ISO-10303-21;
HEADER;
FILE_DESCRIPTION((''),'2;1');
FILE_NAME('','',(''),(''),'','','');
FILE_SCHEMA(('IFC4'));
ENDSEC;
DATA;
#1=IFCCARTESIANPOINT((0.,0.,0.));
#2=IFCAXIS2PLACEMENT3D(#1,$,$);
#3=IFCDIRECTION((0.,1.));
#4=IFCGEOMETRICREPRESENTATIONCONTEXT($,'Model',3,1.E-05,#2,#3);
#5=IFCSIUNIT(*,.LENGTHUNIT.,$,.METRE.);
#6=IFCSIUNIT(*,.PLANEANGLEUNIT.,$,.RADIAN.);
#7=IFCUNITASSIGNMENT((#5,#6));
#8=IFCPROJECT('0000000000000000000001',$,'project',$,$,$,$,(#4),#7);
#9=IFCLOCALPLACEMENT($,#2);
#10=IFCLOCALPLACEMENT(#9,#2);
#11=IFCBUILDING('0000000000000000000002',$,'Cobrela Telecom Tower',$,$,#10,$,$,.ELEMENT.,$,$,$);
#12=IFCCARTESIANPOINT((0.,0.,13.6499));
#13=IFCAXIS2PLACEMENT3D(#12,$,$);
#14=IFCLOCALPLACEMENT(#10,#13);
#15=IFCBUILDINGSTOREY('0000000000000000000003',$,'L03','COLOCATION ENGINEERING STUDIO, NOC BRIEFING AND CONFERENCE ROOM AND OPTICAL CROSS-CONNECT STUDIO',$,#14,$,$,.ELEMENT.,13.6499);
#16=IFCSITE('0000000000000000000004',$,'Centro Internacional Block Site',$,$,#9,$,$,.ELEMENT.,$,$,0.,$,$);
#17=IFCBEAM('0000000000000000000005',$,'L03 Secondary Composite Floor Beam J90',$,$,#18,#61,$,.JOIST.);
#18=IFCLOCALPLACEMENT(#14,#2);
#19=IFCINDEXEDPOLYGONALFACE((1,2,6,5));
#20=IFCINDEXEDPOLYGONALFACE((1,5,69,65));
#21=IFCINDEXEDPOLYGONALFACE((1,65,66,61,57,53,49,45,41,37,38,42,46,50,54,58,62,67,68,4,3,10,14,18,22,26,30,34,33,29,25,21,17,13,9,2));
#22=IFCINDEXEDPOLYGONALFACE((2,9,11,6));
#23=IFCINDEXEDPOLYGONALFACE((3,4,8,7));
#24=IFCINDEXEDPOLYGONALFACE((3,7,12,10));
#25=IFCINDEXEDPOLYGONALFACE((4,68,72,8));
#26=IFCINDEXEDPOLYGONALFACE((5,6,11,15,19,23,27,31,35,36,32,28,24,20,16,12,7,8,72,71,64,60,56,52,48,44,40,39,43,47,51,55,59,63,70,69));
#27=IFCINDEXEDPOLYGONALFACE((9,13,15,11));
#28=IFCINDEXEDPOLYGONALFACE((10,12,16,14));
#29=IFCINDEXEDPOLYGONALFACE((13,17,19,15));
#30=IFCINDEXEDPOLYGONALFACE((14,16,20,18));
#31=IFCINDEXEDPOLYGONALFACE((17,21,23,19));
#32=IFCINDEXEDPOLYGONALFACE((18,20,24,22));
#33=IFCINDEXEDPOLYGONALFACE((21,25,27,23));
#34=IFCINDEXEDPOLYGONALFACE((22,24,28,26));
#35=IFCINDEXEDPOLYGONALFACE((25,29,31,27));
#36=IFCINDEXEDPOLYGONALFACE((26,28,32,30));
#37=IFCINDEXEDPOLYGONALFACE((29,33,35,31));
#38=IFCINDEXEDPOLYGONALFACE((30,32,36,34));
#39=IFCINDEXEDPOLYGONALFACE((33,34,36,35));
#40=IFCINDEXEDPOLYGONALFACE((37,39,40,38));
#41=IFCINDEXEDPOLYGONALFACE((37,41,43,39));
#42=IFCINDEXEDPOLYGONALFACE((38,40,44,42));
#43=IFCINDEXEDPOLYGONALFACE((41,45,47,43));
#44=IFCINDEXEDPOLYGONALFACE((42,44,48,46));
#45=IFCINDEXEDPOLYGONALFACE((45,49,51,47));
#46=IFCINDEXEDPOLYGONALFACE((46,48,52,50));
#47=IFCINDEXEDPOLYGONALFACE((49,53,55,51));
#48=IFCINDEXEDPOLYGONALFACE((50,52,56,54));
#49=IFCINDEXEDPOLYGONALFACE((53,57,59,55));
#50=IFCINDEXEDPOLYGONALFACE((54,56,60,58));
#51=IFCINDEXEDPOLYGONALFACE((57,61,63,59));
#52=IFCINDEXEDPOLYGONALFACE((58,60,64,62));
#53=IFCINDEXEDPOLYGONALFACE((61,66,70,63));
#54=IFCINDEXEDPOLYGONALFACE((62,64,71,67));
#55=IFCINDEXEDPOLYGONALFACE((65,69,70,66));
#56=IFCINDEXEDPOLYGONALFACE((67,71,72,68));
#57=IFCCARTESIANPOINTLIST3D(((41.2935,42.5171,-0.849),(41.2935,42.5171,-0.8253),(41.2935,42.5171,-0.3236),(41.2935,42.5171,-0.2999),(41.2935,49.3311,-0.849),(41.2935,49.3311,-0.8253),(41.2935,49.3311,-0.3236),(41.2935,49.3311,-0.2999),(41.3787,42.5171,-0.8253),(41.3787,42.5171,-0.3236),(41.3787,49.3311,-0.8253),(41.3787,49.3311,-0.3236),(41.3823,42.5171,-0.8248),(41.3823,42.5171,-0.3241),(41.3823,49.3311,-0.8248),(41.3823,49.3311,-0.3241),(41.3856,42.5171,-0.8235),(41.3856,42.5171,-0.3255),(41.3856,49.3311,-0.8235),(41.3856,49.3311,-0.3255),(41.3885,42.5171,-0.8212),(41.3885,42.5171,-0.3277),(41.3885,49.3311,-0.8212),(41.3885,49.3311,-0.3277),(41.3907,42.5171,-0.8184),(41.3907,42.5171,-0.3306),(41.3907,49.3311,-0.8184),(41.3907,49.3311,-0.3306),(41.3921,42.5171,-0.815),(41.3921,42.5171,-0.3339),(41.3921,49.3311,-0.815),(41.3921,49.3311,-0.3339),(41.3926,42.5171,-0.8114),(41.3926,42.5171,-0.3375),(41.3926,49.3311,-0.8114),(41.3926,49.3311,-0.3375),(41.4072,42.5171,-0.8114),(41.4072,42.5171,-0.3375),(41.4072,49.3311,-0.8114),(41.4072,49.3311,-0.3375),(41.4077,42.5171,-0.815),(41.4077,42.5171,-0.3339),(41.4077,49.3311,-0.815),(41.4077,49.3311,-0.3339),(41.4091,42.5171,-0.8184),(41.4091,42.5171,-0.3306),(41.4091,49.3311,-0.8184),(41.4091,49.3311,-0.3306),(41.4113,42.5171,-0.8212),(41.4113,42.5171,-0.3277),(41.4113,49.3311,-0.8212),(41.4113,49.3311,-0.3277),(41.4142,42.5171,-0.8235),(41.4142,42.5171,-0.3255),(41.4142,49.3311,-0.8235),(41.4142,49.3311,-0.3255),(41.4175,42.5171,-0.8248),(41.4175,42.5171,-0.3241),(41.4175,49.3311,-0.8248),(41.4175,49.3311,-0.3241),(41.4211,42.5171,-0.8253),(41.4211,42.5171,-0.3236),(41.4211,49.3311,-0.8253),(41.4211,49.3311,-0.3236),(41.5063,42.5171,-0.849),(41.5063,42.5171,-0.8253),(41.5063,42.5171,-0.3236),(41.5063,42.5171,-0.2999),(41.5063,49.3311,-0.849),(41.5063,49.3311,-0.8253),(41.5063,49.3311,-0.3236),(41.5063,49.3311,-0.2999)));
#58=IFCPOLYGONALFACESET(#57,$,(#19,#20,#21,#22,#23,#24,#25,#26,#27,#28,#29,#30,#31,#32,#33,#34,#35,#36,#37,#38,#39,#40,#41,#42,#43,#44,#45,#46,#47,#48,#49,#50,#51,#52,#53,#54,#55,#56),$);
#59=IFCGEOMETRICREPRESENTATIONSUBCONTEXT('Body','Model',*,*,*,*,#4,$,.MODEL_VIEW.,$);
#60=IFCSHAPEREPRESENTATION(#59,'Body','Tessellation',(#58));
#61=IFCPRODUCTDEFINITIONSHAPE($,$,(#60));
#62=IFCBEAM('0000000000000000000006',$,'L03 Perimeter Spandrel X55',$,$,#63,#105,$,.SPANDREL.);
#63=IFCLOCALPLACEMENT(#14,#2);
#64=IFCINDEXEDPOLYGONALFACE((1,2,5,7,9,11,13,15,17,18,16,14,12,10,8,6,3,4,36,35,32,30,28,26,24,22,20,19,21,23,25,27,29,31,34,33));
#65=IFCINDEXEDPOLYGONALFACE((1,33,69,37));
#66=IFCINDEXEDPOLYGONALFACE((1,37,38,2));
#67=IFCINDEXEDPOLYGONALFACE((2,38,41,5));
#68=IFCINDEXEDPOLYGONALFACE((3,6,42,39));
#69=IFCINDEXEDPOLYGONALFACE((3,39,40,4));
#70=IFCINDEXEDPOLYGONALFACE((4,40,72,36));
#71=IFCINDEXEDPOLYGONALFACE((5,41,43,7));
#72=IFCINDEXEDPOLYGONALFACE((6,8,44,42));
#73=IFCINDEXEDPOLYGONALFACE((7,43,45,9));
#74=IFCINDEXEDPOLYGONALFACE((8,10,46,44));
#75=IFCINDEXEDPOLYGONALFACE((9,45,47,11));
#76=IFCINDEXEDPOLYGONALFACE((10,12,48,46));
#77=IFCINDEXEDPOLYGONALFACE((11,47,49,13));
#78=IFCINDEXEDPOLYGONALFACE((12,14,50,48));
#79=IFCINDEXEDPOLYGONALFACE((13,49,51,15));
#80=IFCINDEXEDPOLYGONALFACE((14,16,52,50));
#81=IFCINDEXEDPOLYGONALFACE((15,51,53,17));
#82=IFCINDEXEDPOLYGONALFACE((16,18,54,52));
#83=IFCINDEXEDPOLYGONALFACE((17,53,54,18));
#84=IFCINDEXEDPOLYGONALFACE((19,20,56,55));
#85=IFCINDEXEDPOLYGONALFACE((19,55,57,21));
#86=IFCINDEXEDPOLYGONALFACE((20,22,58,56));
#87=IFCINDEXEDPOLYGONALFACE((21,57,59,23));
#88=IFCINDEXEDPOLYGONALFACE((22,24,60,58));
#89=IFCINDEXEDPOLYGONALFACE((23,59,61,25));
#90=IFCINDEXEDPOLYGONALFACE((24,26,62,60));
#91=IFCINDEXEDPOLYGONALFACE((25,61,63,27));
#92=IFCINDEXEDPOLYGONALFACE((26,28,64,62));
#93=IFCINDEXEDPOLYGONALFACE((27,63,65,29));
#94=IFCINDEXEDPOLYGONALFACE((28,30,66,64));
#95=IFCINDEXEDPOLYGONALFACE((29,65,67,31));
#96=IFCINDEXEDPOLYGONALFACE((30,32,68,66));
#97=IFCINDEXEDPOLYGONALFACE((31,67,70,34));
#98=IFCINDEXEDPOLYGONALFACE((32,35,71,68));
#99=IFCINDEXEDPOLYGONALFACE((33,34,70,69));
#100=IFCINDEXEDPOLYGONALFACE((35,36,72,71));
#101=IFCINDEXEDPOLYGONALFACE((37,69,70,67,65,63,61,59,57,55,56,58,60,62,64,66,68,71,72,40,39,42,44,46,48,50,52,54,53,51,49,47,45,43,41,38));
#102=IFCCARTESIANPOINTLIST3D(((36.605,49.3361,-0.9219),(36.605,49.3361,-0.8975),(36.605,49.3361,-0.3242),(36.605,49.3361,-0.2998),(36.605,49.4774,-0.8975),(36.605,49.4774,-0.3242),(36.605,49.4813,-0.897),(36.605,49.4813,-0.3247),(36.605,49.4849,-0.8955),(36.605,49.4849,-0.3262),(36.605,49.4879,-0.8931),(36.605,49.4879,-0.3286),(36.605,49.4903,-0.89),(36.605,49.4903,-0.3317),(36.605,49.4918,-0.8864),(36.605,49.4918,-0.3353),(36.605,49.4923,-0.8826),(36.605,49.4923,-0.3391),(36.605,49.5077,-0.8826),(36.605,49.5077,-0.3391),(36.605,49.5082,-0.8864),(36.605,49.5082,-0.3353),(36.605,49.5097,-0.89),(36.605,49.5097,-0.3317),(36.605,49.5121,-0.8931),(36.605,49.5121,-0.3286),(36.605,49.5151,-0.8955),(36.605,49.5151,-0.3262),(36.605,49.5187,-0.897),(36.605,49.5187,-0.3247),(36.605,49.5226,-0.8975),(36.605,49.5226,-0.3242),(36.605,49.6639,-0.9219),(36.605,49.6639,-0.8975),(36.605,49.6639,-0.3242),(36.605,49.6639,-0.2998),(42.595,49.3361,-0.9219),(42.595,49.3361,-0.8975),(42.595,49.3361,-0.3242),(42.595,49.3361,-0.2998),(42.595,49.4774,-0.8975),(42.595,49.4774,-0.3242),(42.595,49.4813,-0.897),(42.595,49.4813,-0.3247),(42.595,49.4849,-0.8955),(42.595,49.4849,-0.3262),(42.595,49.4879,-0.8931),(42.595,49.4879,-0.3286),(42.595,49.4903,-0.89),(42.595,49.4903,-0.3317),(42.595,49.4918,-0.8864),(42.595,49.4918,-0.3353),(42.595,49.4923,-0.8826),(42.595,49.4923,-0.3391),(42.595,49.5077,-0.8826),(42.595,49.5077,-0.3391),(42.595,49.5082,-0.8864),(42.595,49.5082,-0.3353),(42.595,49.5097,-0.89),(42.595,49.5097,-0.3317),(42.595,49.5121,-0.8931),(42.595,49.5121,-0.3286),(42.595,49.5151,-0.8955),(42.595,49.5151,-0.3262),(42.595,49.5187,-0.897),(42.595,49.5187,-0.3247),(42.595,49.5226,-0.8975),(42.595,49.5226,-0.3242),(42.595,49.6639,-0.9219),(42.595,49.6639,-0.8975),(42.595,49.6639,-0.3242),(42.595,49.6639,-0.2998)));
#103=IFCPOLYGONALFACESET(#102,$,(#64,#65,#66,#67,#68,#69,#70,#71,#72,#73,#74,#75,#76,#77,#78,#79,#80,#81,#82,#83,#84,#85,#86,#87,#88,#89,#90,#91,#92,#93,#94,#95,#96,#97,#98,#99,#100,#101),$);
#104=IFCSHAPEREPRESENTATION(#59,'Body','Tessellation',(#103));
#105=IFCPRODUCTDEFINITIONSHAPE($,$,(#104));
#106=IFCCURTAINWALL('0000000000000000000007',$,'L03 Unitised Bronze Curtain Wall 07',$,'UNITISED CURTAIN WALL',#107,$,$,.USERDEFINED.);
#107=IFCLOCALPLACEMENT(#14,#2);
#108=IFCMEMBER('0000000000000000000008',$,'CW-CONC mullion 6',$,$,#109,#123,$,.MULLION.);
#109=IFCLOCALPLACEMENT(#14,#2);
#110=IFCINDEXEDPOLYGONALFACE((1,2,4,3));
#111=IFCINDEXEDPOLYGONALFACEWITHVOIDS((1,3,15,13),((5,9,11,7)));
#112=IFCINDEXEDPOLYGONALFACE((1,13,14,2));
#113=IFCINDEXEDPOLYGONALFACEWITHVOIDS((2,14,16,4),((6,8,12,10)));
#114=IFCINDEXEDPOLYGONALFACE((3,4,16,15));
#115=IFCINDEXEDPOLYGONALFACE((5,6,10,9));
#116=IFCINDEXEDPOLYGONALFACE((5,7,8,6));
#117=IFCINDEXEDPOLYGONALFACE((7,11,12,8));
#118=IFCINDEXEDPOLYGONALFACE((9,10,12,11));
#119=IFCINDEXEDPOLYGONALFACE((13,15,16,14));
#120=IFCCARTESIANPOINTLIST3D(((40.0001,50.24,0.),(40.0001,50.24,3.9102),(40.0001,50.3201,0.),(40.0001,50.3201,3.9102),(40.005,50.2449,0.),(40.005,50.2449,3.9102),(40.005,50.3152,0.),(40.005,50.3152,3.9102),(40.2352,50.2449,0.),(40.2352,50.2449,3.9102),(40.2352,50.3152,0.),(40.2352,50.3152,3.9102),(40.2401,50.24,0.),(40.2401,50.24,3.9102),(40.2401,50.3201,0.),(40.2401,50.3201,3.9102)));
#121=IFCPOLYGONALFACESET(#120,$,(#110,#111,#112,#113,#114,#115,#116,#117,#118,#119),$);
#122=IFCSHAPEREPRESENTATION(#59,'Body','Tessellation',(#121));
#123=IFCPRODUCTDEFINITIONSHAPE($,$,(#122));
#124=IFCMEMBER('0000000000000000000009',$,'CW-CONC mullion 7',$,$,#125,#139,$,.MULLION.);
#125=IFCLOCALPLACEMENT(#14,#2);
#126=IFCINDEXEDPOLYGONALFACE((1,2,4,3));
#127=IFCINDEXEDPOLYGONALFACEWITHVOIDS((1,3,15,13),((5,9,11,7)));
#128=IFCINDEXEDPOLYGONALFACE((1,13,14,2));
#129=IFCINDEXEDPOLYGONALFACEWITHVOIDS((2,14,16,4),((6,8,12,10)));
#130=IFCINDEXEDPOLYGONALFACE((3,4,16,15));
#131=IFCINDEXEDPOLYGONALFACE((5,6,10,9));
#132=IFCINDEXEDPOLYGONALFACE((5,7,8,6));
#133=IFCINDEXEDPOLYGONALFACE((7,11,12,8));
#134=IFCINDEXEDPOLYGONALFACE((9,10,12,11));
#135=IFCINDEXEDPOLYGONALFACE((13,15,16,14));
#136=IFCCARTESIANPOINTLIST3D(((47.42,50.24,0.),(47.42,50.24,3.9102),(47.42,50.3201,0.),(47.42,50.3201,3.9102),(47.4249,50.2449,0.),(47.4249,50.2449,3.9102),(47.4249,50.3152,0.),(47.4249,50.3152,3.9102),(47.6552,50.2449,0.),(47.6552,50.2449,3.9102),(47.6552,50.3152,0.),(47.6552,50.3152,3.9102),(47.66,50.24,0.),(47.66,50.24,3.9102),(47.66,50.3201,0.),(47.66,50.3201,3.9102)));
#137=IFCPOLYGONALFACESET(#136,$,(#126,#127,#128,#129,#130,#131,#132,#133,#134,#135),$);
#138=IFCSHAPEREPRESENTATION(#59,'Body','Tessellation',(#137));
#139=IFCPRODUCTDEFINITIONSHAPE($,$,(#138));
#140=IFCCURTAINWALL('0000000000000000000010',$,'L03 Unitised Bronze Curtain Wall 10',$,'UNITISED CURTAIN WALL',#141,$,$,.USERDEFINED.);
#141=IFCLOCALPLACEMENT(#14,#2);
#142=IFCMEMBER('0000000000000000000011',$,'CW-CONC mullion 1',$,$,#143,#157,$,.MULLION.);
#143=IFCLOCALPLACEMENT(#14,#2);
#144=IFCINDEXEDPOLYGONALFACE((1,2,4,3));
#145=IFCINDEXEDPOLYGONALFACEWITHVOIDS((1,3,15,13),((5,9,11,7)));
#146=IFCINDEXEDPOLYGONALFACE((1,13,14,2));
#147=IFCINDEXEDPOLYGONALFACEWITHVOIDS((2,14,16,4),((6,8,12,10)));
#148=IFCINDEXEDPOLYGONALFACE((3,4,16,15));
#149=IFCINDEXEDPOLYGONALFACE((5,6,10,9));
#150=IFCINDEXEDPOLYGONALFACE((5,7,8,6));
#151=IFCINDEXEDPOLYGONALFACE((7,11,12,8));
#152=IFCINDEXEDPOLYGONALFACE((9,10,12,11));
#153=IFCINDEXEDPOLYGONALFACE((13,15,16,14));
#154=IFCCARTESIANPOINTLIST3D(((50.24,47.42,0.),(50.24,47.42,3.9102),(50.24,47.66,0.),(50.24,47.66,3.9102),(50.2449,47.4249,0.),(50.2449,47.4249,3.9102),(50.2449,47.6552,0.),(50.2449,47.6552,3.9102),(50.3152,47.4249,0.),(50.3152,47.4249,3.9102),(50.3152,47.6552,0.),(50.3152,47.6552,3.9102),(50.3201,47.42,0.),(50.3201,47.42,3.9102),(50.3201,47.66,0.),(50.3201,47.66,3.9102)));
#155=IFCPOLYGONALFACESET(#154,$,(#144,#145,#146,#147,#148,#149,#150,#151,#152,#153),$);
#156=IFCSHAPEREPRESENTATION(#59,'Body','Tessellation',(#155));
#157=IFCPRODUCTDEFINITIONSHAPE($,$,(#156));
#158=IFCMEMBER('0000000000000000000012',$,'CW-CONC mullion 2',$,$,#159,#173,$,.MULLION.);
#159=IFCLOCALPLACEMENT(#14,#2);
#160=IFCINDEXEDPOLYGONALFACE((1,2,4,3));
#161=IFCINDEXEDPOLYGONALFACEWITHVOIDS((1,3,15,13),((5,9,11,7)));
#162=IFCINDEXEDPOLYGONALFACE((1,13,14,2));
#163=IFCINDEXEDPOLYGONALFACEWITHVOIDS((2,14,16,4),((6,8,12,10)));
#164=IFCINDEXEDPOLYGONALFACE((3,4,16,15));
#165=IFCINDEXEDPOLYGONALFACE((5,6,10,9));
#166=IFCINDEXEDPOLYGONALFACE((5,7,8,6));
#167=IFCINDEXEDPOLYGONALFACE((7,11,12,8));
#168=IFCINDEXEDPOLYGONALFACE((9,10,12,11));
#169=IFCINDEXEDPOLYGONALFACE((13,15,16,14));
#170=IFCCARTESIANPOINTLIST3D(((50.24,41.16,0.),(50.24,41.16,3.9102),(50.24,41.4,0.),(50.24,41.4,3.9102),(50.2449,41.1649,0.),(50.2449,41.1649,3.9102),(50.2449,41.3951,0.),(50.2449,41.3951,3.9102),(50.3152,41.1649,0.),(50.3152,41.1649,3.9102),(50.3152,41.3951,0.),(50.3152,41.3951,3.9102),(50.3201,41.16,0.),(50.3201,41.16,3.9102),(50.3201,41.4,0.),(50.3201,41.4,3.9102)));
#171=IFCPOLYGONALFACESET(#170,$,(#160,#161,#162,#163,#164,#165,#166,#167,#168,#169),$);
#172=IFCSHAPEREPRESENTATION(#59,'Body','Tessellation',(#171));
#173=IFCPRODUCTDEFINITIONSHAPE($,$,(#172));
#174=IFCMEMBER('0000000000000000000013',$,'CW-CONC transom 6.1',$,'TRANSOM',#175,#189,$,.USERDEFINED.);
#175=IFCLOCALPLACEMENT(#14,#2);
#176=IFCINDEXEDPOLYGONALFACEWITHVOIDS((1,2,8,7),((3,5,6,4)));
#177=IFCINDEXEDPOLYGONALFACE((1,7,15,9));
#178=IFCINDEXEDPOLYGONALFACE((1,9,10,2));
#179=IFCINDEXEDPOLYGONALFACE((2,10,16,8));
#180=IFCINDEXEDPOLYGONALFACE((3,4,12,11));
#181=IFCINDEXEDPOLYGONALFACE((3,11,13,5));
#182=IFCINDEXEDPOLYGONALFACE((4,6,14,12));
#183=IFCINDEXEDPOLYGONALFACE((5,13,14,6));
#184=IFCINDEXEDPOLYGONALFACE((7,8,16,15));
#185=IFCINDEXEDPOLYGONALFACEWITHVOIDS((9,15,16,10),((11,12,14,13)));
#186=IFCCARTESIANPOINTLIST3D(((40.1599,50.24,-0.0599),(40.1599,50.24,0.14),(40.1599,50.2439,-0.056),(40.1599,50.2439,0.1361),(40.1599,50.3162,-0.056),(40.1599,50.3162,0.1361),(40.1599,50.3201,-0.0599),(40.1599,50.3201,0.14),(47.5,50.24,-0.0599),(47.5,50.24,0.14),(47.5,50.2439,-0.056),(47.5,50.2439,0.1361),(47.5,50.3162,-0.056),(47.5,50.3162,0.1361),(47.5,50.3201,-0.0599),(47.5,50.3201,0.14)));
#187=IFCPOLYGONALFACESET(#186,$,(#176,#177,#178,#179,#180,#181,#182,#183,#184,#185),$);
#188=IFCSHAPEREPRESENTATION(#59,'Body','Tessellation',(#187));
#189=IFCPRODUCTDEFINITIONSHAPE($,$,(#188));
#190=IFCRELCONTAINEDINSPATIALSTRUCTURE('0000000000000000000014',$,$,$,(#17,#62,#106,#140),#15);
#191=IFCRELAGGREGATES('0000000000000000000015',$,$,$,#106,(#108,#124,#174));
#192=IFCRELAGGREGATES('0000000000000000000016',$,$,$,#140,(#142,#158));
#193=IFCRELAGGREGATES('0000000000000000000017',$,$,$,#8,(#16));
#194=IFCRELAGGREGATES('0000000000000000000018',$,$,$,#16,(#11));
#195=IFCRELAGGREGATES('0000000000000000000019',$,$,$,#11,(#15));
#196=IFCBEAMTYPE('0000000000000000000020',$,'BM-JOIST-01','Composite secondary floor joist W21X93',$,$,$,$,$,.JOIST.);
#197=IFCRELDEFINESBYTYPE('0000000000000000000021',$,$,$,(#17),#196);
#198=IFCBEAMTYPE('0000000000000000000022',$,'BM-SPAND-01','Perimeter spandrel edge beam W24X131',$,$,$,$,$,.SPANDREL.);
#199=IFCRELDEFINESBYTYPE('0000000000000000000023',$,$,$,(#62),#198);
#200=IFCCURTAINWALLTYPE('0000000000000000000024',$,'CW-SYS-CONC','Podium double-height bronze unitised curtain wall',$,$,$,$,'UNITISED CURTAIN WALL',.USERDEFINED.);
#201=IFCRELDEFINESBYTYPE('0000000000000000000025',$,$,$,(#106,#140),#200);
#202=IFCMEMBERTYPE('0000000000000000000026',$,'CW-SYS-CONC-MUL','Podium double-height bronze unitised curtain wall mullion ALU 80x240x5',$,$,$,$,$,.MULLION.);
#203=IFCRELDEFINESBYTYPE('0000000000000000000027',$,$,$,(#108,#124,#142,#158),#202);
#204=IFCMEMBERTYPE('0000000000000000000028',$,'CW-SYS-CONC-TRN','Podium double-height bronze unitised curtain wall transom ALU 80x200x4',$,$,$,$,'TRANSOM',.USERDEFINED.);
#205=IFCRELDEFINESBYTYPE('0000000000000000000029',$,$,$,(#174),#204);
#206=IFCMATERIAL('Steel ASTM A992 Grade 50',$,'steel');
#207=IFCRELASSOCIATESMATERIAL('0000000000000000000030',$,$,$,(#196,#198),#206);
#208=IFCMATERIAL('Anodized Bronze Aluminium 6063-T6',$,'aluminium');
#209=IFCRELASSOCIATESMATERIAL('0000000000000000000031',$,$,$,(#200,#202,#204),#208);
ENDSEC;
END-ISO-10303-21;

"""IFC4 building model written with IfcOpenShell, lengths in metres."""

from ifc_helpers import new_model, si_unit, direction, frame, origin, origin_2d, place, context, subcontext, project, spatial, hollow_rectangle, i_section, extrude, material, material_profile, profile_set, type_object, element, aggregate, save


model = new_model("IFC4")

# Units and contexts
model_context = context("Model", 3, precision=1e-05, world=origin(), true_north=direction((0.0, 1.0)))
body_context = subcontext(model_context, "Body", "Model", "MODEL_VIEW")
ifc_project = project(units=[si_unit("LENGTHUNIT", "METRE"), si_unit("PLANEANGLEUNIT", "RADIAN")], contexts=[model_context])

# Site, building, storey
site_placement = place(None, origin())
site = spatial("IfcSite", under=ifc_project, at=site_placement, Name="Centro Internacional Block Site", CompositionType="ELEMENT", RefElevation=0.0)
building_placement = place(site_placement, origin())
building = spatial("IfcBuilding", under=site, at=building_placement, Name="Cobrela Telecom Tower", CompositionType="ELEMENT")
storey_placement = place(building_placement, frame((0.0, 0.0, 13.6499)))
storey = spatial("IfcBuildingStorey", under=building, at=storey_placement, Name="L03", Description="COLOCATION ENGINEERING STUDIO, NOC BRIEFING AND CONFERENCE ROOM AND OPTICAL CROSS-CONNECT STUDIO", CompositionType="ELEMENT", Elevation=13.6499)

# Beams
ifc_material_1 = material(Name="Steel ASTM A992 Grade 50", Category="steel")
ifc_material_profile_1 = material_profile(ifc_material_1, i_section(OverallWidth=0.2129, OverallDepth=0.5491, WebThickness=0.0146, FlangeThickness=0.0237, FilletRadius=0.0139, at=origin_2d()), Name="W21X93")
ifc_profile_set_1 = profile_set([ifc_material_profile_1], Name="Steel ASTM A992 Grade 50")
beam_type_1 = type_object("IfcBeamType", Name="BM-JOIST-01", Description="Composite secondary floor joist W21X93", PredefinedType="JOIST", material=ifc_profile_set_1)
beam_1_placement = place(storey_placement, frame((41.3999, 42.5171, -0.5745), z_axis=(0.0, 1.0, 0.0), x_axis=(-1.0, 0.0, 0.0)))
element("IfcBeam", 1, at=beam_1_placement, inside=storey, type_object=beam_type_1, Name="L03 Secondary Composite Floor Beam J90", PredefinedType="JOIST", context=body_context, shape_type="SweptSolid", body=[
    extrude(i_section(OverallWidth=0.2129, OverallDepth=0.5491, WebThickness=0.0146, FlangeThickness=0.0237, FilletRadius=0.0139, at=origin_2d()), origin(), (0.0, 0.0, 1.0), 6.814),
])
ifc_material_profile_2 = material_profile(ifc_material_1, i_section(OverallWidth=0.3279, OverallDepth=0.6221, WebThickness=0.0154, FlangeThickness=0.0244, FilletRadius=0.0149, at=origin_2d()), Name="W24X131")
ifc_profile_set_2 = profile_set([ifc_material_profile_2], Name="Steel ASTM A992 Grade 50")
beam_type_2 = type_object("IfcBeamType", Name="BM-SPAND-01", Description="Perimeter spandrel edge beam W24X131", PredefinedType="SPANDREL", material=ifc_profile_set_2)
beam_2_placement = place(storey_placement, frame((36.605, 49.5, -0.6108), z_axis=(1.0, 0.0, 0.0), x_axis=(0.0, 1.0, 0.0)))
element("IfcBeam", 2, at=beam_2_placement, inside=storey, type_object=beam_type_2, Name="L03 Perimeter Spandrel X55", PredefinedType="SPANDREL", context=body_context, shape_type="SweptSolid", body=[
    extrude(i_section(OverallWidth=0.3279, OverallDepth=0.6221, WebThickness=0.0154, FlangeThickness=0.0244, FilletRadius=0.0149, at=origin_2d()), origin(), (0.0, 0.0, 1.0), 5.99),
])

# Curtain walls, members
ifc_material_2 = material(Name="Anodized Bronze Aluminium 6063-T6", Category="aluminium")
curtain_wall_type = type_object("IfcCurtainWallType", Name="CW-SYS-CONC", Description="Podium double-height bronze unitised curtain wall", ElementType="UNITISED CURTAIN WALL", PredefinedType="USERDEFINED", material=ifc_material_2)
curtain_wall_1_placement = place(storey_placement, origin())
curtain_wall_1 = element("IfcCurtainWall", 3, at=curtain_wall_1_placement, inside=storey, type_object=curtain_wall_type, Name="L03 Unitised Bronze Curtain Wall 07", ObjectType="UNITISED CURTAIN WALL", PredefinedType="USERDEFINED")
ifc_material_profile_3 = material_profile(ifc_material_2, hollow_rectangle(XDim=0.0801, YDim=0.24, WallThickness=0.0049, at=origin_2d()), Name="ALU 80x240x5")
ifc_profile_set_3 = profile_set([ifc_material_profile_3], Name="Anodized Bronze Aluminium 6063-T6")
member_type_1 = type_object("IfcMemberType", Name="CW-SYS-CONC-MUL", Description="Podium double-height bronze unitised curtain wall mullion ALU 80x240x5", PredefinedType="MULLION", material=ifc_profile_set_3)
member_1_placement = place(storey_placement, frame((40.1201, 50.28, 0.0), z_axis=(0.0, 0.0, 1.0), x_axis=(0.0, 1.0, 0.0)))
member_1 = element("IfcMember", 4, at=member_1_placement, type_object=member_type_1, Name="CW-CONC mullion 6", PredefinedType="MULLION", context=body_context, shape_type="SweptSolid", body=[
    extrude(hollow_rectangle(XDim=0.0801, YDim=0.24, WallThickness=0.0049, at=origin_2d()), origin(), (0.0, 0.0, 1.0), 3.9102),
])
member_2_placement = place(storey_placement, frame((47.54, 50.28, 0.0), z_axis=(0.0, 0.0, 1.0), x_axis=(0.0, 1.0, 0.0)))
member_2 = element("IfcMember", 5, at=member_2_placement, type_object=member_type_1, Name="CW-CONC mullion 7", PredefinedType="MULLION", context=body_context, shape_type="SweptSolid", body=[
    extrude(hollow_rectangle(XDim=0.0801, YDim=0.24, WallThickness=0.0049, at=origin_2d()), origin(), (0.0, 0.0, 1.0), 3.9102),
])
curtain_wall_2_placement = place(storey_placement, origin())
curtain_wall_2 = element("IfcCurtainWall", 6, at=curtain_wall_2_placement, inside=storey, type_object=curtain_wall_type, Name="L03 Unitised Bronze Curtain Wall 10", ObjectType="UNITISED CURTAIN WALL", PredefinedType="USERDEFINED")
member_3_placement = place(storey_placement, frame((50.28, 47.54, 0.0), z_axis=(0.0, 0.0, 1.0), x_axis=(1.0, 0.0, 0.0)))
member_3 = element("IfcMember", 7, at=member_3_placement, type_object=member_type_1, Name="CW-CONC mullion 1", PredefinedType="MULLION", context=body_context, shape_type="SweptSolid", body=[
    extrude(hollow_rectangle(XDim=0.0801, YDim=0.24, WallThickness=0.0049, at=origin_2d()), origin(), (0.0, 0.0, 1.0), 3.9102),
])
member_4_placement = place(storey_placement, frame((50.28, 41.28, 0.0), z_axis=(0.0, 0.0, 1.0), x_axis=(1.0, 0.0, 0.0)))
member_4 = element("IfcMember", 8, at=member_4_placement, type_object=member_type_1, Name="CW-CONC mullion 2", PredefinedType="MULLION", context=body_context, shape_type="SweptSolid", body=[
    extrude(hollow_rectangle(XDim=0.0801, YDim=0.24, WallThickness=0.0049, at=origin_2d()), origin(), (0.0, 0.0, 1.0), 3.9102),
])

# Member
ifc_material_profile_4 = material_profile(ifc_material_2, hollow_rectangle(XDim=0.0801, YDim=0.2, WallThickness=0.0039, at=origin_2d()), Name="ALU 80x200x4")
ifc_profile_set_4 = profile_set([ifc_material_profile_4], Name="Anodized Bronze Aluminium 6063-T6")
member_type_2 = type_object("IfcMemberType", Name="CW-SYS-CONC-TRN", Description="Podium double-height bronze unitised curtain wall transom ALU 80x200x4", ElementType="TRANSOM", PredefinedType="USERDEFINED", material=ifc_profile_set_4)
member_5_placement = place(storey_placement, frame((40.1599, 50.28, 0.04), z_axis=(1.0, 0.0, 0.0), x_axis=(0.0, 1.0, 0.0)))
member_5 = element("IfcMember", 9, at=member_5_placement, type_object=member_type_2, Name="CW-CONC transom 6.1", ObjectType="TRANSOM", PredefinedType="USERDEFINED", context=body_context, shape_type="SweptSolid", body=[
    extrude(hollow_rectangle(XDim=0.0801, YDim=0.2, WallThickness=0.0039, at=origin_2d()), origin(), (0.0, 0.0, 1.0), 7.3401),
])

aggregate(curtain_wall_1, [member_1, member_2, member_5])
aggregate(curtain_wall_2, [member_3, member_4])

save(model, "model.ifc")
